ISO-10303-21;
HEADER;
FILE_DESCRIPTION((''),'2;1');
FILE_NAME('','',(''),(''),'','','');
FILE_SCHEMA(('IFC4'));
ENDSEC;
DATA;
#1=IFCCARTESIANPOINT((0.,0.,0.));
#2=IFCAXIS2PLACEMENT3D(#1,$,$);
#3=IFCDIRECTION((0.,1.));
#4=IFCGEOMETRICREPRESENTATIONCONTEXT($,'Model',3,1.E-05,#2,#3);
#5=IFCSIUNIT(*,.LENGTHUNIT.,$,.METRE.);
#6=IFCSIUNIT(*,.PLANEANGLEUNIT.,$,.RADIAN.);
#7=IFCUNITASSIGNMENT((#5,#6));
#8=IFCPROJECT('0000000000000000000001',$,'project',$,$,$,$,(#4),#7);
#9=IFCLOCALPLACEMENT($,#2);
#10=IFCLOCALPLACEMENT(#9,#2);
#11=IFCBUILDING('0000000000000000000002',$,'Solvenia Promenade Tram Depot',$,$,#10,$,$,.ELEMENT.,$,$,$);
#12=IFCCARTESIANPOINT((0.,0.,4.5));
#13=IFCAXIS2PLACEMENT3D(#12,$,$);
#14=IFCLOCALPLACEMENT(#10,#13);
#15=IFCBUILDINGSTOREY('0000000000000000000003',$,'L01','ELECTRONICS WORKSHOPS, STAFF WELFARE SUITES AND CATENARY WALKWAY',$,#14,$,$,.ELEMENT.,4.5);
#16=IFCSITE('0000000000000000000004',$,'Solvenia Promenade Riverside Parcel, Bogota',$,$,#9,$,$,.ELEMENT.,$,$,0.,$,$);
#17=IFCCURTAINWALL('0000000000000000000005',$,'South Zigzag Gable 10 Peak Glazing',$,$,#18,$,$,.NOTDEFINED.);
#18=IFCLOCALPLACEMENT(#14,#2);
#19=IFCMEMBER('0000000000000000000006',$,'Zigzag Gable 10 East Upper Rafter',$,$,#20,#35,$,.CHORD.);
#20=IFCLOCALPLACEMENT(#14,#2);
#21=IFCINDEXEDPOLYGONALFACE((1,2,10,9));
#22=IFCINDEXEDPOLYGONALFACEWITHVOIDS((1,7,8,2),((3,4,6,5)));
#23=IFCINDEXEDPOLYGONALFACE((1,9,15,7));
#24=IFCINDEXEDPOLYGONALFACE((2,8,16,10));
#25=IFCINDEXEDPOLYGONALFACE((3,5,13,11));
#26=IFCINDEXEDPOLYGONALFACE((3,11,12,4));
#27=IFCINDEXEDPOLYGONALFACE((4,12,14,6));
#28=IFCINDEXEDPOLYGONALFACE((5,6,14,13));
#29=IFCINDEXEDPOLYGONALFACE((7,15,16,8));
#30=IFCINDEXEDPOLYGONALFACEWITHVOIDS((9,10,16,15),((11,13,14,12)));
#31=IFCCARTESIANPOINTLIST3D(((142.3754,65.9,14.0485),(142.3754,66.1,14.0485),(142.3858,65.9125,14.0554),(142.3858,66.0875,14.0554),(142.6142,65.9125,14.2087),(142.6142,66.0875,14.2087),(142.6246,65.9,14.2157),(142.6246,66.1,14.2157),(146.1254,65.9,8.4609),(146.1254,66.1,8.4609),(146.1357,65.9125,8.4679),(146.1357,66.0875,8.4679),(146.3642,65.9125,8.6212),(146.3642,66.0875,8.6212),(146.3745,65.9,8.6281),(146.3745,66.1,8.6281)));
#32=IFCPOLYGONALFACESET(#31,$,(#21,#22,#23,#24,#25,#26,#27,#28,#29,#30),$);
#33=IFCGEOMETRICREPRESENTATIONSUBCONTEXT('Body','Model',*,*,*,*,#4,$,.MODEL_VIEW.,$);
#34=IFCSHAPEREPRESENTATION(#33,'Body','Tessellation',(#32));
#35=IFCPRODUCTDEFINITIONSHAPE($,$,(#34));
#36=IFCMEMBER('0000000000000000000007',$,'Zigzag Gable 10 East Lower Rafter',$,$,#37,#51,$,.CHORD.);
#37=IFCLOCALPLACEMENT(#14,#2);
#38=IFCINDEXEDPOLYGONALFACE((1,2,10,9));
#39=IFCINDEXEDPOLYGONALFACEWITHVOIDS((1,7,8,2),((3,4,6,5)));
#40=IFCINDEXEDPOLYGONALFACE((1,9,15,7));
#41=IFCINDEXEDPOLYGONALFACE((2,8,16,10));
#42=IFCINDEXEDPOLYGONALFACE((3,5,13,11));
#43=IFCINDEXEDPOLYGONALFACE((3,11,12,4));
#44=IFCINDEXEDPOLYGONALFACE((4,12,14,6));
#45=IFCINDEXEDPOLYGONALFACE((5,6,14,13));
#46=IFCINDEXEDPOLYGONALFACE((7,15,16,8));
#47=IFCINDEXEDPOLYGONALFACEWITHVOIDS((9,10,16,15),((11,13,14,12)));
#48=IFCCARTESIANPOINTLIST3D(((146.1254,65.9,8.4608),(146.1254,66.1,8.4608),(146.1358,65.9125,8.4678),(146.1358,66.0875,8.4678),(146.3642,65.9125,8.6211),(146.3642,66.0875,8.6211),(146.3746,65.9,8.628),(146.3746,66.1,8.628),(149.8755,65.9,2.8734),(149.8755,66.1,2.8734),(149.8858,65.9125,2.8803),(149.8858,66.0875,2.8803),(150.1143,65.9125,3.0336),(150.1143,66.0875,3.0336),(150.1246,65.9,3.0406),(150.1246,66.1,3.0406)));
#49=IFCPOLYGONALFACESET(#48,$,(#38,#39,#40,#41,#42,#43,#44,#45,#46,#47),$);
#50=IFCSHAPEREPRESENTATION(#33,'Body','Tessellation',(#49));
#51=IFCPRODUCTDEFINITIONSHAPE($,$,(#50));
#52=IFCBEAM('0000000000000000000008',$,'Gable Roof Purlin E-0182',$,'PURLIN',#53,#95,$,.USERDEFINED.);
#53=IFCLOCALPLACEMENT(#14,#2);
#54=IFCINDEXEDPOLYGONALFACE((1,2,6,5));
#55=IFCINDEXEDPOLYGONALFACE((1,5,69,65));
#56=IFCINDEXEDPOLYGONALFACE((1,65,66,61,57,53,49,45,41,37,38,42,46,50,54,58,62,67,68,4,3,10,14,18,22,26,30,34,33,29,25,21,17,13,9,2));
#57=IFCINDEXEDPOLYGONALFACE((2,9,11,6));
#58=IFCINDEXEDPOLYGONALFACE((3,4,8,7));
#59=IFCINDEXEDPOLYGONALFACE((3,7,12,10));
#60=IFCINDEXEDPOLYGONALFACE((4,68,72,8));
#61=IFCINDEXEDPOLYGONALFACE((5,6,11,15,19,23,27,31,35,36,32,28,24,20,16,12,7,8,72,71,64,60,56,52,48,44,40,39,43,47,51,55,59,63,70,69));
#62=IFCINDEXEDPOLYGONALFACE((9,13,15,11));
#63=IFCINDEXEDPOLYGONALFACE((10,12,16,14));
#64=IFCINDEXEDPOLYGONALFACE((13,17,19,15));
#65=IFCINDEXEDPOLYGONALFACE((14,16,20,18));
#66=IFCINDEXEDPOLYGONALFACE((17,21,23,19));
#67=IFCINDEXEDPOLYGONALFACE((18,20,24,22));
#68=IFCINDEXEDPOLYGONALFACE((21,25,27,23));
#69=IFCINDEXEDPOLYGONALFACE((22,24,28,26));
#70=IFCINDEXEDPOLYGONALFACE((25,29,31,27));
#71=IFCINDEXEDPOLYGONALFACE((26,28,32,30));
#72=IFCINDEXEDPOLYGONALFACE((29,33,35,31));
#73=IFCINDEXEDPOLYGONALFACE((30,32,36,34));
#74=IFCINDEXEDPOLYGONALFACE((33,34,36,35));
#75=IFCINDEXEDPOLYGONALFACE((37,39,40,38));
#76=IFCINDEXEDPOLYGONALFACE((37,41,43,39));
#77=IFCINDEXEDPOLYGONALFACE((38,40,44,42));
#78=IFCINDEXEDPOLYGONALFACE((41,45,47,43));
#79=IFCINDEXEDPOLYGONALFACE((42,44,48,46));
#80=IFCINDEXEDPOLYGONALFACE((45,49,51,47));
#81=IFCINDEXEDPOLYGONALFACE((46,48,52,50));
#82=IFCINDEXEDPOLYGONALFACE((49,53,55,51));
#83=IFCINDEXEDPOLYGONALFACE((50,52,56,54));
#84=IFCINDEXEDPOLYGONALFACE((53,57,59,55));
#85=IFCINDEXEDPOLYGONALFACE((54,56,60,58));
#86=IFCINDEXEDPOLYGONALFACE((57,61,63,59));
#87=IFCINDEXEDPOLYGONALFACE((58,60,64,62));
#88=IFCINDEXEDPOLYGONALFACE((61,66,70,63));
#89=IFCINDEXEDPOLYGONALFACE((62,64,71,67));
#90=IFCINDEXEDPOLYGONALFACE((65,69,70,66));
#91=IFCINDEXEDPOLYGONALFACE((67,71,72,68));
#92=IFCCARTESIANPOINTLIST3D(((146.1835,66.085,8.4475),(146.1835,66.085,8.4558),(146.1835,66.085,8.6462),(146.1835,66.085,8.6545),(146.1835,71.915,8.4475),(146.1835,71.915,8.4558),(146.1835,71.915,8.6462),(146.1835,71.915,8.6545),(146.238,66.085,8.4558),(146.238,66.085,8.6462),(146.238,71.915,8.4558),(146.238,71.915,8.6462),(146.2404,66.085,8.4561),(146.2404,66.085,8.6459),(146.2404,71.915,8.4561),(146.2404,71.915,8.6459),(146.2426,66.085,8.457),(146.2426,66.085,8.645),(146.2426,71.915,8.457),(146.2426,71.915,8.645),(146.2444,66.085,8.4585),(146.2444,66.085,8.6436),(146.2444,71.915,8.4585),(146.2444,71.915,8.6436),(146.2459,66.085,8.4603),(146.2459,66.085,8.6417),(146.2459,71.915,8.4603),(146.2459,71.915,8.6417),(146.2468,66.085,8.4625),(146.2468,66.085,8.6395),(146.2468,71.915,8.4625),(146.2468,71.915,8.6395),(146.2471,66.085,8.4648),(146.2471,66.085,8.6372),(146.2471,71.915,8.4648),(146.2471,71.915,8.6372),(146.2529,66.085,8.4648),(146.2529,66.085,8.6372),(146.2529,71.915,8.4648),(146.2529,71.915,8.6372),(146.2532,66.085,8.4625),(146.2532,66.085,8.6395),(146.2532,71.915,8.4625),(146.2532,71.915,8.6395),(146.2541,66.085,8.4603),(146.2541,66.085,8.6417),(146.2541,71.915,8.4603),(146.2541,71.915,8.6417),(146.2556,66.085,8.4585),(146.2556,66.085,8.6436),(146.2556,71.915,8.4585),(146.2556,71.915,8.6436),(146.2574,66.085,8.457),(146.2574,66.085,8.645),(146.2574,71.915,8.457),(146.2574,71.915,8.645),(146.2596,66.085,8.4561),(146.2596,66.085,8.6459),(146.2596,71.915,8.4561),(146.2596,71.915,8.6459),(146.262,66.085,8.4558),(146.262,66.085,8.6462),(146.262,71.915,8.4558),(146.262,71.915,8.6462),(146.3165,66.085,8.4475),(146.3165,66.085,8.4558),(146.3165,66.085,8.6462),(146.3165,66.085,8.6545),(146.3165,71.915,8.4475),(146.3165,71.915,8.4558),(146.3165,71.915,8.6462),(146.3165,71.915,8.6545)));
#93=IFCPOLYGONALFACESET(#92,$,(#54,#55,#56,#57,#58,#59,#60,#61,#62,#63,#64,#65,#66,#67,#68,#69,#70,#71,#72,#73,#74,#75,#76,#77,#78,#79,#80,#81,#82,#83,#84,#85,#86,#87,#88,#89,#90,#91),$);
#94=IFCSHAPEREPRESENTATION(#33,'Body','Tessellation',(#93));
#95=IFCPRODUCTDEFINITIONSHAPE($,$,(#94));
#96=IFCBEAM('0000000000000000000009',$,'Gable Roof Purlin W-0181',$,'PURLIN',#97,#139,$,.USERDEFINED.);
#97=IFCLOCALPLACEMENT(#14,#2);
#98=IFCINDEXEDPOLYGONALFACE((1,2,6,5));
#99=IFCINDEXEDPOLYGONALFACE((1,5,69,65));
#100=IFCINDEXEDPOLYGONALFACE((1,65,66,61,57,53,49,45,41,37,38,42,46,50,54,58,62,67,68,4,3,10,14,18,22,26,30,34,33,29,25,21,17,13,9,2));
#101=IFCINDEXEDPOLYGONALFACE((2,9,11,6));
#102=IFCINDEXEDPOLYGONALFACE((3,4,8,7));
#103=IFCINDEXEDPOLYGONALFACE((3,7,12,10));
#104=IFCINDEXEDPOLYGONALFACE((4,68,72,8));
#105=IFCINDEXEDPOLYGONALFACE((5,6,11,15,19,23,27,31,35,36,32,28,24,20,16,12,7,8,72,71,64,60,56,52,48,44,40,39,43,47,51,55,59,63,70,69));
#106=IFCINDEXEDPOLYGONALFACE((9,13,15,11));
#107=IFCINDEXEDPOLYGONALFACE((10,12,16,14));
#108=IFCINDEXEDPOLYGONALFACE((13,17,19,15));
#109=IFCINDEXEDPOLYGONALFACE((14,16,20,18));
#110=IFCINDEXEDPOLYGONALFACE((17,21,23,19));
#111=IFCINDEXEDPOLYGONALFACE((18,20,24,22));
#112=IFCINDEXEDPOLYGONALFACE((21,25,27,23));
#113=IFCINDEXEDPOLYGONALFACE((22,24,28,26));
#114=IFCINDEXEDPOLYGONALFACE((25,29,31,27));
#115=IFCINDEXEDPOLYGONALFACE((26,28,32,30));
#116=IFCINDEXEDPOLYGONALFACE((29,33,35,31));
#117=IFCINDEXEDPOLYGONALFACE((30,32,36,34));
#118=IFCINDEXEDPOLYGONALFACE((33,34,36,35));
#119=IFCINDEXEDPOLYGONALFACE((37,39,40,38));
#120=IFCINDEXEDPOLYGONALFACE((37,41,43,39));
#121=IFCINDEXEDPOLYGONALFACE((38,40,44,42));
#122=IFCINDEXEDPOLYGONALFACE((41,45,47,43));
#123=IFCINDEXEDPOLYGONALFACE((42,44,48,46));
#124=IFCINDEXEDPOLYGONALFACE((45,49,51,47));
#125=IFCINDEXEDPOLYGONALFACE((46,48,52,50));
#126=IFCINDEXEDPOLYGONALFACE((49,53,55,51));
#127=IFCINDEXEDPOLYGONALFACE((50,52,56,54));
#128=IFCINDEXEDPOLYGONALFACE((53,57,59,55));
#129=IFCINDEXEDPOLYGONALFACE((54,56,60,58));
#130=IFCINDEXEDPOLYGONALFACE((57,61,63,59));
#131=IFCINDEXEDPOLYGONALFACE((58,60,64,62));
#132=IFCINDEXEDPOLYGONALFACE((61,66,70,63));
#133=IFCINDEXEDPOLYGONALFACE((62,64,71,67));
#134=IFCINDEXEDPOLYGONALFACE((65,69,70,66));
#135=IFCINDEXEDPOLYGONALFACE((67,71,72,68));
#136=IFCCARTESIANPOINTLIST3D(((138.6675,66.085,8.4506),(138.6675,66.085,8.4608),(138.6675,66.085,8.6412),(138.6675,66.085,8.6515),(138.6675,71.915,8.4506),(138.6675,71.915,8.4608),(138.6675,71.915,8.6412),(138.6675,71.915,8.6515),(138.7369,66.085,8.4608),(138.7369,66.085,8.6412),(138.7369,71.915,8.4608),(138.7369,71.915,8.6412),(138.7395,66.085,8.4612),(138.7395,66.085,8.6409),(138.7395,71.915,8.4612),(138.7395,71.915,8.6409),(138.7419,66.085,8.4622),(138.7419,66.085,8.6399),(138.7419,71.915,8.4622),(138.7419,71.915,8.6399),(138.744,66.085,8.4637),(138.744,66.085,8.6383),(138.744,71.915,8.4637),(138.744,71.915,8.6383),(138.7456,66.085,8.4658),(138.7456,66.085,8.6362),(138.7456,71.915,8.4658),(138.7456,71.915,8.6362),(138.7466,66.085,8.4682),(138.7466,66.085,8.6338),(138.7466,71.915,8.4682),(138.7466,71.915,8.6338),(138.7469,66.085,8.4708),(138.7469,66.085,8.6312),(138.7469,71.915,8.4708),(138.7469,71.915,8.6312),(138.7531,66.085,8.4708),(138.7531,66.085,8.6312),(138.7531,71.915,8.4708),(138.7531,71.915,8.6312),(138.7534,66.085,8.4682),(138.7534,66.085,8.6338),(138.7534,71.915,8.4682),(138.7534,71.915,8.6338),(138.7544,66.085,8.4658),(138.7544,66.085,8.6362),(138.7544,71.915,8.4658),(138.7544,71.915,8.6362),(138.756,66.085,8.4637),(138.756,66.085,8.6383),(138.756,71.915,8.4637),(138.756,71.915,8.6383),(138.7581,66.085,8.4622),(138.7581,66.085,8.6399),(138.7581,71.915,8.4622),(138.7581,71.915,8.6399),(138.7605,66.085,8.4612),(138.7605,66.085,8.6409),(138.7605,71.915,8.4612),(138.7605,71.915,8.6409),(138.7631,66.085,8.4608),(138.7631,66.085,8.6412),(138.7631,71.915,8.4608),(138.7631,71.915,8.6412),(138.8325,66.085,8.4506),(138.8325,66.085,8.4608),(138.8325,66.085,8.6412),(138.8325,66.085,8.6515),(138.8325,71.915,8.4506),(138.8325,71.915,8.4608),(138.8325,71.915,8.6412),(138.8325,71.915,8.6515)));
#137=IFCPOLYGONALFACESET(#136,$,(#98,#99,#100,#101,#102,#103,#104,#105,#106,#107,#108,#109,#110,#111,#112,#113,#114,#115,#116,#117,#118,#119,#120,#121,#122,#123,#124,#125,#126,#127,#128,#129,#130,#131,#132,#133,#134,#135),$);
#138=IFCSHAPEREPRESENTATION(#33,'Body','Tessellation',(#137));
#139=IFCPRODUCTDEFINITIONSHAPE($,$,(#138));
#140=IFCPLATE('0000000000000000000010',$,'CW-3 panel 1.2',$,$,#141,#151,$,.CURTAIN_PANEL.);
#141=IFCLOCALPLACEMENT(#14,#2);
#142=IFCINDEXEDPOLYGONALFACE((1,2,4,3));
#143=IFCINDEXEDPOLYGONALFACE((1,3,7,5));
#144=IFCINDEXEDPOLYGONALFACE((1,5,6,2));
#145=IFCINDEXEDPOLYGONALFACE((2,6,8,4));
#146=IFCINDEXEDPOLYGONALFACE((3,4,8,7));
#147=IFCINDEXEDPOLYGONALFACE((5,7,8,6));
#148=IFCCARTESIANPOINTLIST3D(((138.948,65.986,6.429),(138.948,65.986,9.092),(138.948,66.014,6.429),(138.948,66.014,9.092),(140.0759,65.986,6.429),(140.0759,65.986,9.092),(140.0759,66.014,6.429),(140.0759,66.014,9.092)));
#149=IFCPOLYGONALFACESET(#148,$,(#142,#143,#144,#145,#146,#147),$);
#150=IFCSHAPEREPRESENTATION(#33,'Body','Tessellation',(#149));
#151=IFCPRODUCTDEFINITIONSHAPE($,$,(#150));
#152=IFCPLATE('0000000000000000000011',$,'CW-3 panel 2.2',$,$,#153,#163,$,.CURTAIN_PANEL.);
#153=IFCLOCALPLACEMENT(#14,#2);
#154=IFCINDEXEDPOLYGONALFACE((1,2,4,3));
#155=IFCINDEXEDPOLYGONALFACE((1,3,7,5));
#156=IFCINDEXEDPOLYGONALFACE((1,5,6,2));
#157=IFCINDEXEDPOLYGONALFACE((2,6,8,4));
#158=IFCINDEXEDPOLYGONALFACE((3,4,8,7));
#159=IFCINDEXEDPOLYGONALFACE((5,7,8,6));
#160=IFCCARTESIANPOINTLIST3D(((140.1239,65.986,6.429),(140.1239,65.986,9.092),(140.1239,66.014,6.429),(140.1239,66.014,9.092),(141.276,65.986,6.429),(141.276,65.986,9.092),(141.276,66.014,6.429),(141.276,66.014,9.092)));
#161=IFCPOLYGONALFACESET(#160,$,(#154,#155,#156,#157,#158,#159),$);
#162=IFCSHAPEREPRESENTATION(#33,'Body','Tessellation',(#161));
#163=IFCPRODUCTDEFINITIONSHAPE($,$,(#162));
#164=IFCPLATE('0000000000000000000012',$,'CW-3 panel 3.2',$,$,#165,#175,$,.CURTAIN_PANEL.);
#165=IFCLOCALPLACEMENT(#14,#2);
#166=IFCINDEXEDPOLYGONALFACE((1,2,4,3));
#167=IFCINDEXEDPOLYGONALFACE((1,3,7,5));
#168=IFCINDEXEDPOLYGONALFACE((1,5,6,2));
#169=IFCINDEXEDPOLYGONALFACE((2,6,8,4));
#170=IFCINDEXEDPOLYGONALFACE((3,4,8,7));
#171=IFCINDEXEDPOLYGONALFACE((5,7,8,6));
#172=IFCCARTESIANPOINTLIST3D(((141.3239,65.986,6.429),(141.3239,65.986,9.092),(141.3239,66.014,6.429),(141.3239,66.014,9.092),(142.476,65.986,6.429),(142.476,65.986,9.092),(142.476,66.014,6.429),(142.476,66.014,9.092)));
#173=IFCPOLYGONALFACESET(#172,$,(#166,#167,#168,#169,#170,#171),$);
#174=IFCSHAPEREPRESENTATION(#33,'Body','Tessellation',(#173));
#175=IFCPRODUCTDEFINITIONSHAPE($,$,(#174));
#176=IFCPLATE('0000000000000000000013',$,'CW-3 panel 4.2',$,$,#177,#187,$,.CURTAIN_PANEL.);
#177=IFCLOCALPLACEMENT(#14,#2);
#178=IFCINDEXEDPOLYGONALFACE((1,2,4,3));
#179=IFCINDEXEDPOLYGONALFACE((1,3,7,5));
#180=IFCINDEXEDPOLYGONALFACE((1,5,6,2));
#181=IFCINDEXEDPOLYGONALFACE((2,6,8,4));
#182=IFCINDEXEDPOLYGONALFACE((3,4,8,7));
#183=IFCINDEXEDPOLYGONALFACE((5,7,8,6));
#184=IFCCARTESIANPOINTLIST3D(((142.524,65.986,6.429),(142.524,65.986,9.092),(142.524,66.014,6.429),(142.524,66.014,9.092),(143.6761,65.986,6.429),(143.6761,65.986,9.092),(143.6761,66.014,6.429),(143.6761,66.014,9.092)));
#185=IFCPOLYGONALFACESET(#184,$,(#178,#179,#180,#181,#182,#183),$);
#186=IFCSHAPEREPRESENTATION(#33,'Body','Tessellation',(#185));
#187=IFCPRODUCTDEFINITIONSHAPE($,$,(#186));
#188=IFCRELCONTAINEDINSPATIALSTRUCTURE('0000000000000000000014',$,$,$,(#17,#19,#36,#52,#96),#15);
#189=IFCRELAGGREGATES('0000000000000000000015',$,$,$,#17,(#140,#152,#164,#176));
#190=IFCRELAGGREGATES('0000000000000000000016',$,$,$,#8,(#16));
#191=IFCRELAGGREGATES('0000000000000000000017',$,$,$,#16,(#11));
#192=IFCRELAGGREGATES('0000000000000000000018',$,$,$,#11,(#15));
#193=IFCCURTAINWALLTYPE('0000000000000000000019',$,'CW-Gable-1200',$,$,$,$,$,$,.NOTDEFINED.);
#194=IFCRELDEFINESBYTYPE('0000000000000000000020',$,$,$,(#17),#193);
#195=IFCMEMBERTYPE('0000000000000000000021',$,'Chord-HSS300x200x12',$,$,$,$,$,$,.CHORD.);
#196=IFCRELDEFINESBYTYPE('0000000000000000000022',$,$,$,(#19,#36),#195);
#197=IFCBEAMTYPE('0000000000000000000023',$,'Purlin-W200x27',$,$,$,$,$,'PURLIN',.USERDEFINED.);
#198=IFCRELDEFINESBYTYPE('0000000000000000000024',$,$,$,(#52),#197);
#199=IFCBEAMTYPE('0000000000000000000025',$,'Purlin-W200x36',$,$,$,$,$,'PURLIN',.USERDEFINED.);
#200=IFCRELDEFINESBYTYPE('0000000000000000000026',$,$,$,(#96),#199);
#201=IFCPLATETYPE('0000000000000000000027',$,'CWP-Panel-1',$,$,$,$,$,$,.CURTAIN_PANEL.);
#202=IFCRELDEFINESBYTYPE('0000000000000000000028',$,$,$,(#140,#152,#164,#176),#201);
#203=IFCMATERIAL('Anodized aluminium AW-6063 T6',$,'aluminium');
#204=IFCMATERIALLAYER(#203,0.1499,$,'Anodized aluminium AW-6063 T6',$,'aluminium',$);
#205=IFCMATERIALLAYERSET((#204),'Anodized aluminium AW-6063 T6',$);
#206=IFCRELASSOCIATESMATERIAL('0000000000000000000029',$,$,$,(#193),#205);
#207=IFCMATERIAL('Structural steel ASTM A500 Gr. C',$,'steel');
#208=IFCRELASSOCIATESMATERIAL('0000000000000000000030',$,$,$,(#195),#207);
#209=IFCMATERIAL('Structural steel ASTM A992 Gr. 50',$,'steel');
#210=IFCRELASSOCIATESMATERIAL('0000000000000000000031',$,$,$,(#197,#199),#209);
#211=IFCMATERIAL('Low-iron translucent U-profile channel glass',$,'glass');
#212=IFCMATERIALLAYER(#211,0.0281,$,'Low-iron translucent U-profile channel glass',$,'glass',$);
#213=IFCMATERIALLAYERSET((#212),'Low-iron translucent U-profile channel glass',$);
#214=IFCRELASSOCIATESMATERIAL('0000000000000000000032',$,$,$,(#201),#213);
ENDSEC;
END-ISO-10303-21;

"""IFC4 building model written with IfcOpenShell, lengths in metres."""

from ifc_helpers import new_model, si_unit, direction, frame, origin, origin_2d, place, context, subcontext, project, spatial, rectangle, hollow_rectangle, i_section, extrude, material, layer, layer_set, material_profile, profile_set, type_object, element, aggregate, save


model = new_model("IFC4")

# Units and contexts
model_context = context("Model", 3, precision=1e-05, world=origin(), true_north=direction((0.0, 1.0)))
body_context = subcontext(model_context, "Body", "Model", "MODEL_VIEW")
ifc_project = project(units=[si_unit("LENGTHUNIT", "METRE"), si_unit("PLANEANGLEUNIT", "RADIAN")], contexts=[model_context])

# Site, building, storey
site_placement = place(None, origin())
site = spatial("IfcSite", under=ifc_project, at=site_placement, Name="Solvenia Promenade Riverside Parcel, Bogota", CompositionType="ELEMENT", RefElevation=0.0)
building_placement = place(site_placement, origin())
building = spatial("IfcBuilding", under=site, at=building_placement, Name="Solvenia Promenade Tram Depot", CompositionType="ELEMENT")
storey_placement = place(building_placement, frame((0.0, 0.0, 4.5)))
storey = spatial("IfcBuildingStorey", under=building, at=storey_placement, Name="L01", Description="ELECTRONICS WORKSHOPS, STAFF WELFARE SUITES AND CATENARY WALKWAY", CompositionType="ELEMENT", Elevation=4.5)

# Curtain wall
ifc_material_1 = material(Name="Anodized aluminium AW-6063 T6", Category="aluminium")
ifc_layer_1 = layer(ifc_material_1, 0.1499, Name="Anodized aluminium AW-6063 T6", Category="aluminium")
ifc_layer_set_1 = layer_set([ifc_layer_1], Name="Anodized aluminium AW-6063 T6")
curtain_wall_type = type_object("IfcCurtainWallType", Name="CW-Gable-1200", PredefinedType="NOTDEFINED", material=ifc_layer_set_1)
curtain_wall_placement = place(storey_placement, origin())
curtain_wall = element("IfcCurtainWall", 1, at=curtain_wall_placement, inside=storey, type_object=curtain_wall_type, Name="South Zigzag Gable 10 Peak Glazing", PredefinedType="NOTDEFINED")

# Members
ifc_material_2 = material(Name="Structural steel ASTM A500 Gr. C", Category="steel")
ifc_material_profile_1 = material_profile(ifc_material_2, hollow_rectangle(XDim=0.2, YDim=0.3, WallThickness=0.0125, at=origin_2d()), Name="HSS300x200x12.5", Category="steel")
ifc_profile_set_1 = profile_set([ifc_material_profile_1], Name="Structural steel ASTM A500 Gr. C")
member_type_1 = type_object("IfcMemberType", Name="Chord-HSS300x200x12", PredefinedType="CHORD", material=ifc_profile_set_1)
for number, where, z_axis, x_axis, name in (
    (2, (142.5, 66.0, 14.1321), (0.557259, 0.0, -0.830338), (0.0, 1.0, 0.0), "Zigzag Gable 10 East Upper Rafter"),
    (3, (146.25, 66.0, 8.5444), (0.557276, 0.0, -0.830327), (0.0, 1.0, 0.0), "Zigzag Gable 10 East Lower Rafter"),
):
    element("IfcMember", number, at=place(storey_placement, frame(where, z_axis=z_axis, x_axis=x_axis)), inside=storey, type_object=member_type_1, Name=name, PredefinedType="CHORD", context=body_context, shape_type="SweptSolid", body=[
        extrude(hollow_rectangle(XDim=0.2, YDim=0.3, WallThickness=0.0125, at=origin_2d()), origin(), (0.0, 0.0, 1.0), 6.7292),
    ])

# Beams
ifc_material_3 = material(Name="Structural steel ASTM A992 Gr. 50", Category="steel")
ifc_material_profile_2 = material_profile(ifc_material_3, i_section(OverallWidth=0.1331, OverallDepth=0.207, WebThickness=0.0059, FlangeThickness=0.0083, FilletRadius=0.009, at=origin_2d()), Name="W200x27", Category="steel")
ifc_profile_set_2 = profile_set([ifc_material_profile_2], Name="Structural steel ASTM A992 Gr. 50")
beam_type_1 = type_object("IfcBeamType", Name="Purlin-W200x27", ElementType="PURLIN", PredefinedType="USERDEFINED", material=ifc_profile_set_2)
beam_1_placement = place(storey_placement, frame((146.25, 66.085, 8.551), z_axis=(0.0, 1.0, 0.0), x_axis=(-1.0, 0.0, 0.0)))
element("IfcBeam", 4, at=beam_1_placement, inside=storey, type_object=beam_type_1, Name="Gable Roof Purlin E-0182", ObjectType="PURLIN", PredefinedType="USERDEFINED", context=body_context, shape_type="SweptSolid", body=[
    extrude(i_section(OverallWidth=0.1331, OverallDepth=0.207, WebThickness=0.0059, FlangeThickness=0.0083, FilletRadius=0.009, at=origin_2d()), origin(), (0.0, 0.0, 1.0), 5.8301),
])
ifc_material_profile_3 = material_profile(ifc_material_3, i_section(OverallWidth=0.165, OverallDepth=0.2009, WebThickness=0.0061, FlangeThickness=0.0103, FilletRadius=0.01, at=origin_2d()), Name="W200x36", Category="steel")
ifc_profile_set_3 = profile_set([ifc_material_profile_3], Name="Structural steel ASTM A992 Gr. 50")
beam_type_2 = type_object("IfcBeamType", Name="Purlin-W200x36", ElementType="PURLIN", PredefinedType="USERDEFINED", material=ifc_profile_set_3)
beam_2_placement = place(storey_placement, frame((138.75, 66.085, 8.551), z_axis=(0.0, 1.0, 0.0), x_axis=(-1.0, 0.0, 0.0)))
element("IfcBeam", 5, at=beam_2_placement, inside=storey, type_object=beam_type_2, Name="Gable Roof Purlin W-0181", ObjectType="PURLIN", PredefinedType="USERDEFINED", context=body_context, shape_type="SweptSolid", body=[
    extrude(i_section(OverallWidth=0.165, OverallDepth=0.2009, WebThickness=0.0061, FlangeThickness=0.0103, FilletRadius=0.01, at=origin_2d()), origin(), (0.0, 0.0, 1.0), 5.8301),
])

# Plates
ifc_material_4 = material(Name="Low-iron translucent U-profile channel glass", Category="glass")
ifc_layer_2 = layer(ifc_material_4, 0.0281, Name="Low-iron translucent U-profile channel glass", Category="glass")
ifc_layer_set_2 = layer_set([ifc_layer_2], Name="Low-iron translucent U-profile channel glass")
plate_type_1 = type_object("IfcPlateType", Name="CWP-Panel-1", PredefinedType="CURTAIN_PANEL", material=ifc_layer_set_2)
plate_1_placement = place(storey_placement, frame((139.512, 66.0, 6.429), z_axis=(0.0, 0.0, 1.0), x_axis=(1.0, 0.0, 0.0)))
plate_1 = element("IfcPlate", 6, at=plate_1_placement, type_object=plate_type_1, Name="CW-3 panel 1.2", PredefinedType="CURTAIN_PANEL", context=body_context, shape_type="SweptSolid", body=[
    extrude(rectangle(XDim=1.1279, YDim=0.0281, at=origin_2d()), origin(), (0.0, 0.0, 1.0), 2.6631),
])
plate_2_placement = place(storey_placement, frame((140.7, 66.0, 6.429), z_axis=(0.0, 0.0, 1.0), x_axis=(1.0, 0.0, 0.0)))
plate_2 = element("IfcPlate", 7, at=plate_2_placement, type_object=plate_type_1, Name="CW-3 panel 2.2", PredefinedType="CURTAIN_PANEL", context=body_context, shape_type="SweptSolid", body=[
    extrude(rectangle(XDim=1.1521, YDim=0.0281, at=origin_2d()), origin(), (0.0, 0.0, 1.0), 2.6631),
])
plate_3_placement = place(storey_placement, frame((141.8999, 66.0, 6.429), z_axis=(0.0, 0.0, 1.0), x_axis=(1.0, 0.0, 0.0)))
plate_3 = element("IfcPlate", 8, at=plate_3_placement, type_object=plate_type_1, Name="CW-3 panel 3.2", PredefinedType="CURTAIN_PANEL", context=body_context, shape_type="SweptSolid", body=[
    extrude(rectangle(XDim=1.1521, YDim=0.0281, at=origin_2d()), origin(), (0.0, 0.0, 1.0), 2.6631),
])
plate_4_placement = place(storey_placement, frame((143.1001, 66.0, 6.429), z_axis=(0.0, 0.0, 1.0), x_axis=(1.0, 0.0, 0.0)))
plate_4 = element("IfcPlate", 9, at=plate_4_placement, type_object=plate_type_1, Name="CW-3 panel 4.2", PredefinedType="CURTAIN_PANEL", context=body_context, shape_type="SweptSolid", body=[
    extrude(rectangle(XDim=1.1521, YDim=0.0281, at=origin_2d()), origin(), (0.0, 0.0, 1.0), 2.6631),
])
aggregate(curtain_wall, [plate_1, plate_2, plate_3, plate_4])

save(model, "model.ifc")
